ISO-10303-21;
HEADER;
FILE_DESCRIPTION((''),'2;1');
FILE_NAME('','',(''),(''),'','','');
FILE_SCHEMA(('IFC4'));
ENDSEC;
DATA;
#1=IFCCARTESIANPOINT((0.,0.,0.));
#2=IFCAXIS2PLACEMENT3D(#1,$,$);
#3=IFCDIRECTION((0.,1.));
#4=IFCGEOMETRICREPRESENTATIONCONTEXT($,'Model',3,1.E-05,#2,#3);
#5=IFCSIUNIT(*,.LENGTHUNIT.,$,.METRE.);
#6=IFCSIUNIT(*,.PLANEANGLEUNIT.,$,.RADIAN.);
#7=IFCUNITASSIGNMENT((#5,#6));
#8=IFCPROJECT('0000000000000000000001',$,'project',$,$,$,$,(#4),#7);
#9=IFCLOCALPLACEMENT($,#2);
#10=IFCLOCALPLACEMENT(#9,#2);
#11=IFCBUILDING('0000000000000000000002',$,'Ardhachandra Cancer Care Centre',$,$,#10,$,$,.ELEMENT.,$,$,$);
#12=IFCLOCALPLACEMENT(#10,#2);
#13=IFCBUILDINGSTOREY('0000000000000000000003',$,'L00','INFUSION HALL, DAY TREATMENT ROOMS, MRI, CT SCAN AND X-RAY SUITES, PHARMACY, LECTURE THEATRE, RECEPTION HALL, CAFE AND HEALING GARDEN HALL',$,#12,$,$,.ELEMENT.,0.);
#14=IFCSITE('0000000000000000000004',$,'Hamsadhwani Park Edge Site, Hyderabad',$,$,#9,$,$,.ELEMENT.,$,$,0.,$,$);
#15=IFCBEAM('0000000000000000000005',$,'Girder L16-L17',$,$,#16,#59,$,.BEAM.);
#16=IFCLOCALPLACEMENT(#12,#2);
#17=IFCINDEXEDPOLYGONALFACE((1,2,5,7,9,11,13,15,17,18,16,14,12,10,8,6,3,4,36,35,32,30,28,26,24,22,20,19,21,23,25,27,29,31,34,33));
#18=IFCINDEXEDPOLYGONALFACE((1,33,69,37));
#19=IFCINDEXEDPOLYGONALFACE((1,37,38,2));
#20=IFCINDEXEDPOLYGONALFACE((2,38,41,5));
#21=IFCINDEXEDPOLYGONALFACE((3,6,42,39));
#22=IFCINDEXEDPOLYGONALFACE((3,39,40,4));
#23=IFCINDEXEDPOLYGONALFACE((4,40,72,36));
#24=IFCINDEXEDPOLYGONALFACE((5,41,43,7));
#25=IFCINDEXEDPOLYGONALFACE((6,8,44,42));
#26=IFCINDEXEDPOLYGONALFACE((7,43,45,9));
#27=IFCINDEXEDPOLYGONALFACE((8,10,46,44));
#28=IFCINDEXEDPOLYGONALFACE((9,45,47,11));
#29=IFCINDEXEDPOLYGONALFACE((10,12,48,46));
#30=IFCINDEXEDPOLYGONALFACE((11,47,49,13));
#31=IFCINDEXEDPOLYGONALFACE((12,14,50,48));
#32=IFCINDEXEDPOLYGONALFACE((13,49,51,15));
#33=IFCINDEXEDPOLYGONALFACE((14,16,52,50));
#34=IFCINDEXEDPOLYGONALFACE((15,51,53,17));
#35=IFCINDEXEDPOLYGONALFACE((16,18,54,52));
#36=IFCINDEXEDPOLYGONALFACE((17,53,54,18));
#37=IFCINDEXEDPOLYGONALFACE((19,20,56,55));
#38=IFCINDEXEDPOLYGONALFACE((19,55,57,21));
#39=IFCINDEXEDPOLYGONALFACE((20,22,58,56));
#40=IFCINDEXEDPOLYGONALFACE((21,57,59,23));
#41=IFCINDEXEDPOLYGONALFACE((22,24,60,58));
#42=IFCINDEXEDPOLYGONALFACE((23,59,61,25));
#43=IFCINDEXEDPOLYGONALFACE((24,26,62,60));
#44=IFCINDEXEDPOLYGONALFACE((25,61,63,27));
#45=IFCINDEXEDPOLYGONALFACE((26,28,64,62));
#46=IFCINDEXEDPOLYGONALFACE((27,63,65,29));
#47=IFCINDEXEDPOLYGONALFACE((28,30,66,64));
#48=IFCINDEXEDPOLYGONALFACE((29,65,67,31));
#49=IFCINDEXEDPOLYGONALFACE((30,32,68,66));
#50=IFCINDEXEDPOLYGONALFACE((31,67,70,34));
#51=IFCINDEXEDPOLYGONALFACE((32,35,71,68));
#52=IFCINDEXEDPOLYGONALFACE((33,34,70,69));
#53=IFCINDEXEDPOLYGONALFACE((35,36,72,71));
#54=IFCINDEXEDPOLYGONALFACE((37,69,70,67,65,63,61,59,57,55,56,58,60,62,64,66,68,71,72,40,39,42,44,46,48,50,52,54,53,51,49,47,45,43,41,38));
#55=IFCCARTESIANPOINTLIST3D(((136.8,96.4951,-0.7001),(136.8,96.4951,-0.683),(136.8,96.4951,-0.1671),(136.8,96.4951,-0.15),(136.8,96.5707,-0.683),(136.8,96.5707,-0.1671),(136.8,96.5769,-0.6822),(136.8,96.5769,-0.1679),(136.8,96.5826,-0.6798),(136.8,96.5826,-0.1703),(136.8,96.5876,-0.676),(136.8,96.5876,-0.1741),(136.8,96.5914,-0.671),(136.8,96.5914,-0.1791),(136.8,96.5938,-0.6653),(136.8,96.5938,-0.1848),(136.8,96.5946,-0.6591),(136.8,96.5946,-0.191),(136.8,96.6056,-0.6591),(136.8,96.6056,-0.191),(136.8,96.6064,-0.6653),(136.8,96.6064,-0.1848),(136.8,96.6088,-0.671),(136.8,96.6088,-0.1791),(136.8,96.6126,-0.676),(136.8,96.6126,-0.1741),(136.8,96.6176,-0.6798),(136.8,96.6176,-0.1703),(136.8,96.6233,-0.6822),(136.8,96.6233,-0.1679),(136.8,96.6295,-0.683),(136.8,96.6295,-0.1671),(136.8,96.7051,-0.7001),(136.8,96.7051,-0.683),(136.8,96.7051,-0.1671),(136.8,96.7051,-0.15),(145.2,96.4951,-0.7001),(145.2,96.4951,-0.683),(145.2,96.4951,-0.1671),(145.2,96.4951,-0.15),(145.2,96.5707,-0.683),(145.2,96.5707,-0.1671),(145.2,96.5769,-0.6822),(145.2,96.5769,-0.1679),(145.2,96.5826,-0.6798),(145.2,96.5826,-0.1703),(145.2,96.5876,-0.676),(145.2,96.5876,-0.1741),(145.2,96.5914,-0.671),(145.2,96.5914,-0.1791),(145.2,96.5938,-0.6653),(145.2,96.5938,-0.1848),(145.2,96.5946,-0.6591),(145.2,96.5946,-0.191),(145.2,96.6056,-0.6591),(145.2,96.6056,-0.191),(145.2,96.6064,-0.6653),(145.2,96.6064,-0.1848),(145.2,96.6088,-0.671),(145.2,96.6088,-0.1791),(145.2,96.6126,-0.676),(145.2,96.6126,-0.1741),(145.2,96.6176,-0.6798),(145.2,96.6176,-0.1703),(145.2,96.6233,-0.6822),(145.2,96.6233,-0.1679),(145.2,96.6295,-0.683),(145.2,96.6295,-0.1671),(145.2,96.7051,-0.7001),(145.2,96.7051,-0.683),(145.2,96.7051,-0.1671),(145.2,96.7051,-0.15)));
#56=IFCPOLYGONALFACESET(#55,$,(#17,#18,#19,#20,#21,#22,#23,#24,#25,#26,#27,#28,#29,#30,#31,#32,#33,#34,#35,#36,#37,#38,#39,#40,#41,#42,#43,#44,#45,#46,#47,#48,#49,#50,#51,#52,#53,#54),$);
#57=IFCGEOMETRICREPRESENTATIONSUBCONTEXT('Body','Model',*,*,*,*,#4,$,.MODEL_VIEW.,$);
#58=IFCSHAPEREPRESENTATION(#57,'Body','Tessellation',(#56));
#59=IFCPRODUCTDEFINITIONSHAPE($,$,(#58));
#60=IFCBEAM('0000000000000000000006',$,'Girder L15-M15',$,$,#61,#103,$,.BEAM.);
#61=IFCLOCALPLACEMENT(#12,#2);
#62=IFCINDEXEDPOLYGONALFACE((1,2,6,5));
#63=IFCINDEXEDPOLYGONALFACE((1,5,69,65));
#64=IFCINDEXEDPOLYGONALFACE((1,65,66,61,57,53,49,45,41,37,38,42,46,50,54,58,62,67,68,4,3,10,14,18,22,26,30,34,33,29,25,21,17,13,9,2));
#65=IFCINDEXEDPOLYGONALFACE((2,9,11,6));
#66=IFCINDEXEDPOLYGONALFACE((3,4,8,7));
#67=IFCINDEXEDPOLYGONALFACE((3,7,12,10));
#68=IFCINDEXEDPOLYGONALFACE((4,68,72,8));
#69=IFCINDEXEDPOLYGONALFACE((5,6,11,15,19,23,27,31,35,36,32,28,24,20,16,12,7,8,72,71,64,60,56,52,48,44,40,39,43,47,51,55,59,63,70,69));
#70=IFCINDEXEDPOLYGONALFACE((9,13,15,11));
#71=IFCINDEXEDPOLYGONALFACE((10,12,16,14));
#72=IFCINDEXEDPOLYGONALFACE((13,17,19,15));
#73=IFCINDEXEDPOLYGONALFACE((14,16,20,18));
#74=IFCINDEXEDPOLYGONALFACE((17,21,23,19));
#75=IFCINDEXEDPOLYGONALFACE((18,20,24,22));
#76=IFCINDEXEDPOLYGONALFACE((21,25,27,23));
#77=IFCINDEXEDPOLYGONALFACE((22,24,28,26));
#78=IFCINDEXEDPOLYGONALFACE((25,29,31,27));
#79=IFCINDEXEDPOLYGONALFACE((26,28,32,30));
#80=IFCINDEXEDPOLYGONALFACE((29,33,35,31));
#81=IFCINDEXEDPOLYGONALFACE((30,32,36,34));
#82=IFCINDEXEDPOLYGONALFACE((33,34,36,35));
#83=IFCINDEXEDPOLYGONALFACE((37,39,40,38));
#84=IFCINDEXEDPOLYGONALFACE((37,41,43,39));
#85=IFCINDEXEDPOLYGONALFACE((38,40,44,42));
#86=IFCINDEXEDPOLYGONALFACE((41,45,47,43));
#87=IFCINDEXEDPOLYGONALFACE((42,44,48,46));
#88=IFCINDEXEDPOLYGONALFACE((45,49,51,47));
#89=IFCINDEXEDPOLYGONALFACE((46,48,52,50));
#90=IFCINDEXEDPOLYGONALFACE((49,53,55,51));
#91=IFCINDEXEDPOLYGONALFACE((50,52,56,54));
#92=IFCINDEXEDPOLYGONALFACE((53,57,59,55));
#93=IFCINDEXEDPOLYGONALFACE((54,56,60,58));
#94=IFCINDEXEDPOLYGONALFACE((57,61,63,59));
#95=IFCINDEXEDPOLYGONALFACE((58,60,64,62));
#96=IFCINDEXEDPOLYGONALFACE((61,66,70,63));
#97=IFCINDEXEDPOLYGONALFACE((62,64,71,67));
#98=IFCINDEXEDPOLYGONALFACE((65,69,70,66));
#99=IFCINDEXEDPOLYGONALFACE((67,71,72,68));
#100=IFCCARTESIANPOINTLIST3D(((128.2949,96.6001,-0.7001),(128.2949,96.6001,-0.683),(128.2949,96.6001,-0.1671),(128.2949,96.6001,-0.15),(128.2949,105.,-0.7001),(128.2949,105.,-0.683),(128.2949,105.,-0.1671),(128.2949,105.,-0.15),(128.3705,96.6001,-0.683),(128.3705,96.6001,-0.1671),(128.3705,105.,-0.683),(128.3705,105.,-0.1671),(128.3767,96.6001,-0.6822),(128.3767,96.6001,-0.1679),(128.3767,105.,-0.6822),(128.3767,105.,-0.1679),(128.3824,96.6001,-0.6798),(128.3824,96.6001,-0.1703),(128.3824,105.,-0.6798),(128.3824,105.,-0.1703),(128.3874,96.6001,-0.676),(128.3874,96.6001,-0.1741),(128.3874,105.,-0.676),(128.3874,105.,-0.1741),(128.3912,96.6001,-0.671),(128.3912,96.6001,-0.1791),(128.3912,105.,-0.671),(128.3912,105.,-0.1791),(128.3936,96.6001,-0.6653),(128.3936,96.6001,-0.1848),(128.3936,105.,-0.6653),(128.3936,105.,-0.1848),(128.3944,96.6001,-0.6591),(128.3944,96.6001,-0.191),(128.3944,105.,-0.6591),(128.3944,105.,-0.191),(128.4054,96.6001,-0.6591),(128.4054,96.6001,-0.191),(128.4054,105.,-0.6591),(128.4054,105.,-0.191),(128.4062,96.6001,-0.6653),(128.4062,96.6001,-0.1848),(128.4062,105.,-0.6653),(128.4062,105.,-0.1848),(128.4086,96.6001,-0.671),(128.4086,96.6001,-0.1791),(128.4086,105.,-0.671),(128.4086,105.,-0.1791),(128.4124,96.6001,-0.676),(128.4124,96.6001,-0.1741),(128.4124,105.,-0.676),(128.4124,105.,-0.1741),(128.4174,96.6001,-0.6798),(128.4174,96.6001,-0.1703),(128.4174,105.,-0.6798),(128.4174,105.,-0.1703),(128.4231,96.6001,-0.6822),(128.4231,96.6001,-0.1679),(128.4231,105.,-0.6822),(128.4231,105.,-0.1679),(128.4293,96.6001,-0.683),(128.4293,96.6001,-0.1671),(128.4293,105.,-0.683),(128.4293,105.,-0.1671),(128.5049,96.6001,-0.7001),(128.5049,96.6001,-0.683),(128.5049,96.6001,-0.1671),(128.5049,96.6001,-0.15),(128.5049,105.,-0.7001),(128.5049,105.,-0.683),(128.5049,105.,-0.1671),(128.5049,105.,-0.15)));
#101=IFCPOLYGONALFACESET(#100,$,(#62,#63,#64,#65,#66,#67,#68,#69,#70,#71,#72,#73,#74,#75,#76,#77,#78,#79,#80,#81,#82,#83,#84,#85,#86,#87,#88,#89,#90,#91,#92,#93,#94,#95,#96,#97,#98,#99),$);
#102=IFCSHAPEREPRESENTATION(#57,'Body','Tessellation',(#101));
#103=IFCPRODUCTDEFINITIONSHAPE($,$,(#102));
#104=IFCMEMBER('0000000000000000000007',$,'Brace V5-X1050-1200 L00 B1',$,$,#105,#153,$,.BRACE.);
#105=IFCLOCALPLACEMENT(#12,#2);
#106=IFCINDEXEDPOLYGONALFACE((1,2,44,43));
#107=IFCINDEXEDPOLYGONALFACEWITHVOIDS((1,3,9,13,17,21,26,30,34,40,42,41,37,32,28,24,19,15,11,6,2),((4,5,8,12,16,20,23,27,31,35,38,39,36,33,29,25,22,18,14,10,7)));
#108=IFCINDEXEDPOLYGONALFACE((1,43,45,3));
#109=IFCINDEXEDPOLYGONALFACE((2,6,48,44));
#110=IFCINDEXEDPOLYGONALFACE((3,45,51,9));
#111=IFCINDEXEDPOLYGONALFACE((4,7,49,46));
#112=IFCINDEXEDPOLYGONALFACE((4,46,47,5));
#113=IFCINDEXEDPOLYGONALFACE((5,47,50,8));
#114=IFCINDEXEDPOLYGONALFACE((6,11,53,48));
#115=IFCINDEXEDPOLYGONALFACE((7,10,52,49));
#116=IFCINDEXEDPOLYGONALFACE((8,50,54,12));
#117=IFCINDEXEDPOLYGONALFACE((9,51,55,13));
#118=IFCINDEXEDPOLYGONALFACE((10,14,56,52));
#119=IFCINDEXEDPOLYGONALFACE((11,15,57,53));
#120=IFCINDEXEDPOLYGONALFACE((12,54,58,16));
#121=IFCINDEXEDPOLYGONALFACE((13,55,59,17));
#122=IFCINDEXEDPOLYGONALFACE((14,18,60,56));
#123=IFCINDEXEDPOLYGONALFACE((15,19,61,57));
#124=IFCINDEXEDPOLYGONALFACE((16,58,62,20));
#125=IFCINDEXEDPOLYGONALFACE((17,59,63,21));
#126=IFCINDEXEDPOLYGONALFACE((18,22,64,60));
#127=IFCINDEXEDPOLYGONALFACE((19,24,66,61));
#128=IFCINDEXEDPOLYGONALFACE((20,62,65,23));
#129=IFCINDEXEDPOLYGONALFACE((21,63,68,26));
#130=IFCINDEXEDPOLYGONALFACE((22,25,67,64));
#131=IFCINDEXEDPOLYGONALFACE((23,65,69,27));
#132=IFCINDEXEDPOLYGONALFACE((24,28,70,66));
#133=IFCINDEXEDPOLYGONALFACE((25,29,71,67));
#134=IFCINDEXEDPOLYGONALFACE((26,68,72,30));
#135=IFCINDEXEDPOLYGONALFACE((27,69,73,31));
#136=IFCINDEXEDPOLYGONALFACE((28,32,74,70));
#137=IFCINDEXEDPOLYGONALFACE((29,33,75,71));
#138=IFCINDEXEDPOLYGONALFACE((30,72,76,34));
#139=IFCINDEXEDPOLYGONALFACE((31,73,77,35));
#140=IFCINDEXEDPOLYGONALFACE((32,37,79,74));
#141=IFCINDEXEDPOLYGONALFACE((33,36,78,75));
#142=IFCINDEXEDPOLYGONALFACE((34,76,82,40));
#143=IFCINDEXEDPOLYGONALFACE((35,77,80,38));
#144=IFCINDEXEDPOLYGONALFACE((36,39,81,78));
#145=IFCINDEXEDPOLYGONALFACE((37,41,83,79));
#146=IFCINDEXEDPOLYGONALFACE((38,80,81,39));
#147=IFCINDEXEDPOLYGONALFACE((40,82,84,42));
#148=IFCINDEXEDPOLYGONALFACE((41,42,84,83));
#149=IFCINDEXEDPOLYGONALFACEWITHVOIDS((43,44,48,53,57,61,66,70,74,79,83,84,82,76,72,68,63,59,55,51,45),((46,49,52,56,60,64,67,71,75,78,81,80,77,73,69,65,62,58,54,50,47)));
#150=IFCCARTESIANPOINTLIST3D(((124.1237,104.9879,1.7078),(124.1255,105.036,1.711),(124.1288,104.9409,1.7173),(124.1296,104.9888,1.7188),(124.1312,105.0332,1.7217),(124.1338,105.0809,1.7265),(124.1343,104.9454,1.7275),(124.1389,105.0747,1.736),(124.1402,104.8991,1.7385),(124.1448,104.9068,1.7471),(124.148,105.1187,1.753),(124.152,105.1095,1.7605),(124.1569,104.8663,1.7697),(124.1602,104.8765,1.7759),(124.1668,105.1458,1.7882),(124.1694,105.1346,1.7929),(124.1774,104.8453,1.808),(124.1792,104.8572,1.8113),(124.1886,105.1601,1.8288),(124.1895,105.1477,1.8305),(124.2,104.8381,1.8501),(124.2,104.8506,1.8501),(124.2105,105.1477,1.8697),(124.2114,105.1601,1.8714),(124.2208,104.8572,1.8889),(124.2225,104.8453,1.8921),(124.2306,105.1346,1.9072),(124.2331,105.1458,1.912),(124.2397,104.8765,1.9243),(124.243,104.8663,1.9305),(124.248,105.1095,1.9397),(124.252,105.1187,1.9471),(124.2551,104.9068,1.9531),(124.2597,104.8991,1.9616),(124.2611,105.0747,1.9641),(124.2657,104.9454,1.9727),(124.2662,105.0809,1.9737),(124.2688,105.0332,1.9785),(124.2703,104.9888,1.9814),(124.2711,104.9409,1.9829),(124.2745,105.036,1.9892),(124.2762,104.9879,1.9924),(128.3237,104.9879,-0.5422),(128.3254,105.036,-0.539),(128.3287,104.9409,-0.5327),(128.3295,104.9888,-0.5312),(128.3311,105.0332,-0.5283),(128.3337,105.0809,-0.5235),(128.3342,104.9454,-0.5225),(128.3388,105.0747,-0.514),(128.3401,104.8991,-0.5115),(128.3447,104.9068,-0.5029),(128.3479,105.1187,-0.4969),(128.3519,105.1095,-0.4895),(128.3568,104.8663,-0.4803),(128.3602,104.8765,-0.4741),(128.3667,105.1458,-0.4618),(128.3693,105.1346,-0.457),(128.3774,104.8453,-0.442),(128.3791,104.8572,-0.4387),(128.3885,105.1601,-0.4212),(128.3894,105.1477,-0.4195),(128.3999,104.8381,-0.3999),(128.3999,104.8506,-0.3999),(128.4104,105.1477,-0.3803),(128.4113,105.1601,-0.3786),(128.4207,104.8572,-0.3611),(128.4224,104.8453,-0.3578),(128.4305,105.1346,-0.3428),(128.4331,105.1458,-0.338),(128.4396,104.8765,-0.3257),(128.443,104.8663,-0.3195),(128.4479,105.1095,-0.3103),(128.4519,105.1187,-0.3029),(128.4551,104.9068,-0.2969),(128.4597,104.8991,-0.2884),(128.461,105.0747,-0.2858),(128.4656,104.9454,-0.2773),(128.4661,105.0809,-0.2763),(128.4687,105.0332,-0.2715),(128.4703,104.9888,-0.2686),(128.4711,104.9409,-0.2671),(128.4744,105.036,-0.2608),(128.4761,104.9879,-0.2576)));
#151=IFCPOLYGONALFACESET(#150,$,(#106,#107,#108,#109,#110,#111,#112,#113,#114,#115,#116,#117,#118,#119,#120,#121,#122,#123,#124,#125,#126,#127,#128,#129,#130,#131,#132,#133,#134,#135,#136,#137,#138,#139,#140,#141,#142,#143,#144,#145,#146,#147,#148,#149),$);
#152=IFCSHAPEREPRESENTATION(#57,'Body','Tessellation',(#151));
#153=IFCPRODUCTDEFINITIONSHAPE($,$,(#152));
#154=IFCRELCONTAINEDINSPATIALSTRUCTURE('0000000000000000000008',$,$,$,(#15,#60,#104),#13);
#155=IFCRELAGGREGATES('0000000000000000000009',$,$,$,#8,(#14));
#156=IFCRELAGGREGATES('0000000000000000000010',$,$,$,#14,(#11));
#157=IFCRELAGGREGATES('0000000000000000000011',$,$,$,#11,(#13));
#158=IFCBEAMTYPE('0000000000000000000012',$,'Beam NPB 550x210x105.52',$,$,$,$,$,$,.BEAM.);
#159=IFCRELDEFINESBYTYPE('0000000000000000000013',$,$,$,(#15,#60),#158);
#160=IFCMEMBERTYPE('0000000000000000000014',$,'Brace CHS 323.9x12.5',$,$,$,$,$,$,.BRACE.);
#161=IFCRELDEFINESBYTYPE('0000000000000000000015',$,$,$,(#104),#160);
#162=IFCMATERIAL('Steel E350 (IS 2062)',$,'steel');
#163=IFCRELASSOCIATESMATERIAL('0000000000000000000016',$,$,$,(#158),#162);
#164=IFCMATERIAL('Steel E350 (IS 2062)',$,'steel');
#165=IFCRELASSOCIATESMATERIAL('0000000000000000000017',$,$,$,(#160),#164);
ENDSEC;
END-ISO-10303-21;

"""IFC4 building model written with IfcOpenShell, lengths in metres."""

from ifc_helpers import new_model, si_unit, direction, frame, origin, origin_2d, place, context, subcontext, project, spatial, hollow_circle, i_section, extrude, material, material_profile, profile_set, type_object, element, save


model = new_model("IFC4")

# Units and contexts
model_context = context("Model", 3, precision=1e-05, world=origin(), true_north=direction((0.0, 1.0)))
body_context = subcontext(model_context, "Body", "Model", "MODEL_VIEW")
ifc_project = project(units=[si_unit("LENGTHUNIT", "METRE"), si_unit("PLANEANGLEUNIT", "RADIAN")], contexts=[model_context])

# Site, building, storey
site_placement = place(None, origin())
site = spatial("IfcSite", under=ifc_project, at=site_placement, Name="Hamsadhwani Park Edge Site, Hyderabad", CompositionType="ELEMENT", RefElevation=0.0)
building_placement = place(site_placement, origin())
building = spatial("IfcBuilding", under=site, at=building_placement, Name="Ardhachandra Cancer Care Centre", CompositionType="ELEMENT")
storey_placement = place(building_placement, origin())
storey = spatial("IfcBuildingStorey", under=building, at=storey_placement, Name="L00", Description="INFUSION HALL, DAY TREATMENT ROOMS, MRI, CT SCAN AND X-RAY SUITES, PHARMACY, LECTURE THEATRE, RECEPTION HALL, CAFE AND HEALING GARDEN HALL", CompositionType="ELEMENT", Elevation=0.0)

# Beams
ifc_material_1 = material(Name="Steel E350 (IS 2062)", Category="steel")
ifc_material_profile_1 = material_profile(ifc_material_1, i_section(OverallWidth=0.21, OverallDepth=0.55, WebThickness=0.011, FlangeThickness=0.0171, FilletRadius=0.0239, at=origin_2d()), Name="NPB 550x210x105.52")
ifc_profile_set_1 = profile_set([ifc_material_profile_1], Name="Steel E350 (IS 2062)")
beam_type_1 = type_object("IfcBeamType", Name="Beam NPB 550x210x105.52", PredefinedType="BEAM", material=ifc_profile_set_1)
for number, where, z_axis, x_axis, name in (
    (1, (136.8, 96.6001, -0.425), (1.0, 0.0, 0.0), (0.0, 1.0, 0.0), "Girder L16-L17"),
    (2, (128.3999, 96.6001, -0.425), (0.0, 1.0, 0.0), (-1.0, 0.0, 0.0), "Girder L15-M15"),
):
    element("IfcBeam", number, at=place(storey_placement, frame(where, z_axis=z_axis, x_axis=x_axis)), inside=storey, type_object=beam_type_1, Name=name, PredefinedType="BEAM", context=body_context, shape_type="SweptSolid", body=[
        extrude(i_section(OverallWidth=0.21, OverallDepth=0.55, WebThickness=0.011, FlangeThickness=0.0171, FilletRadius=0.0239, at=origin_2d()), origin(), (0.0, 0.0, 1.0), 8.3999),
    ])

# Member
ifc_material_2 = material(Name="Steel E350 (IS 2062)", Category="steel")
ifc_material_profile_2 = material_profile(ifc_material_2, hollow_circle(Radius=0.1619, WallThickness=0.0125, at=origin_2d()), Name="CHS 323.9x12.5")
ifc_profile_set_2 = profile_set([ifc_material_profile_2], Name="Steel E350 (IS 2062)")
member_type_1 = type_object("IfcMemberType", Name="Brace CHS 323.9x12.5", PredefinedType="BRACE", material=ifc_profile_set_2)
member_1_placement = place(storey_placement, frame((128.3999, 105.0, -0.3999), z_axis=(-0.881478, 0.0, 0.472226), x_axis=(0.0, -1.0, 0.0)))
element("IfcMember", 3, at=member_1_placement, inside=storey, type_object=member_type_1, Name="Brace V5-X1050-1200 L00 B1", PredefinedType="BRACE", context=body_context, shape_type="SweptSolid", body=[
    extrude(hollow_circle(Radius=0.1619, WallThickness=0.0125, at=origin_2d()), origin(), (0.0, 0.0, 1.0), 4.7646),
])

save(model, "model.ifc")
